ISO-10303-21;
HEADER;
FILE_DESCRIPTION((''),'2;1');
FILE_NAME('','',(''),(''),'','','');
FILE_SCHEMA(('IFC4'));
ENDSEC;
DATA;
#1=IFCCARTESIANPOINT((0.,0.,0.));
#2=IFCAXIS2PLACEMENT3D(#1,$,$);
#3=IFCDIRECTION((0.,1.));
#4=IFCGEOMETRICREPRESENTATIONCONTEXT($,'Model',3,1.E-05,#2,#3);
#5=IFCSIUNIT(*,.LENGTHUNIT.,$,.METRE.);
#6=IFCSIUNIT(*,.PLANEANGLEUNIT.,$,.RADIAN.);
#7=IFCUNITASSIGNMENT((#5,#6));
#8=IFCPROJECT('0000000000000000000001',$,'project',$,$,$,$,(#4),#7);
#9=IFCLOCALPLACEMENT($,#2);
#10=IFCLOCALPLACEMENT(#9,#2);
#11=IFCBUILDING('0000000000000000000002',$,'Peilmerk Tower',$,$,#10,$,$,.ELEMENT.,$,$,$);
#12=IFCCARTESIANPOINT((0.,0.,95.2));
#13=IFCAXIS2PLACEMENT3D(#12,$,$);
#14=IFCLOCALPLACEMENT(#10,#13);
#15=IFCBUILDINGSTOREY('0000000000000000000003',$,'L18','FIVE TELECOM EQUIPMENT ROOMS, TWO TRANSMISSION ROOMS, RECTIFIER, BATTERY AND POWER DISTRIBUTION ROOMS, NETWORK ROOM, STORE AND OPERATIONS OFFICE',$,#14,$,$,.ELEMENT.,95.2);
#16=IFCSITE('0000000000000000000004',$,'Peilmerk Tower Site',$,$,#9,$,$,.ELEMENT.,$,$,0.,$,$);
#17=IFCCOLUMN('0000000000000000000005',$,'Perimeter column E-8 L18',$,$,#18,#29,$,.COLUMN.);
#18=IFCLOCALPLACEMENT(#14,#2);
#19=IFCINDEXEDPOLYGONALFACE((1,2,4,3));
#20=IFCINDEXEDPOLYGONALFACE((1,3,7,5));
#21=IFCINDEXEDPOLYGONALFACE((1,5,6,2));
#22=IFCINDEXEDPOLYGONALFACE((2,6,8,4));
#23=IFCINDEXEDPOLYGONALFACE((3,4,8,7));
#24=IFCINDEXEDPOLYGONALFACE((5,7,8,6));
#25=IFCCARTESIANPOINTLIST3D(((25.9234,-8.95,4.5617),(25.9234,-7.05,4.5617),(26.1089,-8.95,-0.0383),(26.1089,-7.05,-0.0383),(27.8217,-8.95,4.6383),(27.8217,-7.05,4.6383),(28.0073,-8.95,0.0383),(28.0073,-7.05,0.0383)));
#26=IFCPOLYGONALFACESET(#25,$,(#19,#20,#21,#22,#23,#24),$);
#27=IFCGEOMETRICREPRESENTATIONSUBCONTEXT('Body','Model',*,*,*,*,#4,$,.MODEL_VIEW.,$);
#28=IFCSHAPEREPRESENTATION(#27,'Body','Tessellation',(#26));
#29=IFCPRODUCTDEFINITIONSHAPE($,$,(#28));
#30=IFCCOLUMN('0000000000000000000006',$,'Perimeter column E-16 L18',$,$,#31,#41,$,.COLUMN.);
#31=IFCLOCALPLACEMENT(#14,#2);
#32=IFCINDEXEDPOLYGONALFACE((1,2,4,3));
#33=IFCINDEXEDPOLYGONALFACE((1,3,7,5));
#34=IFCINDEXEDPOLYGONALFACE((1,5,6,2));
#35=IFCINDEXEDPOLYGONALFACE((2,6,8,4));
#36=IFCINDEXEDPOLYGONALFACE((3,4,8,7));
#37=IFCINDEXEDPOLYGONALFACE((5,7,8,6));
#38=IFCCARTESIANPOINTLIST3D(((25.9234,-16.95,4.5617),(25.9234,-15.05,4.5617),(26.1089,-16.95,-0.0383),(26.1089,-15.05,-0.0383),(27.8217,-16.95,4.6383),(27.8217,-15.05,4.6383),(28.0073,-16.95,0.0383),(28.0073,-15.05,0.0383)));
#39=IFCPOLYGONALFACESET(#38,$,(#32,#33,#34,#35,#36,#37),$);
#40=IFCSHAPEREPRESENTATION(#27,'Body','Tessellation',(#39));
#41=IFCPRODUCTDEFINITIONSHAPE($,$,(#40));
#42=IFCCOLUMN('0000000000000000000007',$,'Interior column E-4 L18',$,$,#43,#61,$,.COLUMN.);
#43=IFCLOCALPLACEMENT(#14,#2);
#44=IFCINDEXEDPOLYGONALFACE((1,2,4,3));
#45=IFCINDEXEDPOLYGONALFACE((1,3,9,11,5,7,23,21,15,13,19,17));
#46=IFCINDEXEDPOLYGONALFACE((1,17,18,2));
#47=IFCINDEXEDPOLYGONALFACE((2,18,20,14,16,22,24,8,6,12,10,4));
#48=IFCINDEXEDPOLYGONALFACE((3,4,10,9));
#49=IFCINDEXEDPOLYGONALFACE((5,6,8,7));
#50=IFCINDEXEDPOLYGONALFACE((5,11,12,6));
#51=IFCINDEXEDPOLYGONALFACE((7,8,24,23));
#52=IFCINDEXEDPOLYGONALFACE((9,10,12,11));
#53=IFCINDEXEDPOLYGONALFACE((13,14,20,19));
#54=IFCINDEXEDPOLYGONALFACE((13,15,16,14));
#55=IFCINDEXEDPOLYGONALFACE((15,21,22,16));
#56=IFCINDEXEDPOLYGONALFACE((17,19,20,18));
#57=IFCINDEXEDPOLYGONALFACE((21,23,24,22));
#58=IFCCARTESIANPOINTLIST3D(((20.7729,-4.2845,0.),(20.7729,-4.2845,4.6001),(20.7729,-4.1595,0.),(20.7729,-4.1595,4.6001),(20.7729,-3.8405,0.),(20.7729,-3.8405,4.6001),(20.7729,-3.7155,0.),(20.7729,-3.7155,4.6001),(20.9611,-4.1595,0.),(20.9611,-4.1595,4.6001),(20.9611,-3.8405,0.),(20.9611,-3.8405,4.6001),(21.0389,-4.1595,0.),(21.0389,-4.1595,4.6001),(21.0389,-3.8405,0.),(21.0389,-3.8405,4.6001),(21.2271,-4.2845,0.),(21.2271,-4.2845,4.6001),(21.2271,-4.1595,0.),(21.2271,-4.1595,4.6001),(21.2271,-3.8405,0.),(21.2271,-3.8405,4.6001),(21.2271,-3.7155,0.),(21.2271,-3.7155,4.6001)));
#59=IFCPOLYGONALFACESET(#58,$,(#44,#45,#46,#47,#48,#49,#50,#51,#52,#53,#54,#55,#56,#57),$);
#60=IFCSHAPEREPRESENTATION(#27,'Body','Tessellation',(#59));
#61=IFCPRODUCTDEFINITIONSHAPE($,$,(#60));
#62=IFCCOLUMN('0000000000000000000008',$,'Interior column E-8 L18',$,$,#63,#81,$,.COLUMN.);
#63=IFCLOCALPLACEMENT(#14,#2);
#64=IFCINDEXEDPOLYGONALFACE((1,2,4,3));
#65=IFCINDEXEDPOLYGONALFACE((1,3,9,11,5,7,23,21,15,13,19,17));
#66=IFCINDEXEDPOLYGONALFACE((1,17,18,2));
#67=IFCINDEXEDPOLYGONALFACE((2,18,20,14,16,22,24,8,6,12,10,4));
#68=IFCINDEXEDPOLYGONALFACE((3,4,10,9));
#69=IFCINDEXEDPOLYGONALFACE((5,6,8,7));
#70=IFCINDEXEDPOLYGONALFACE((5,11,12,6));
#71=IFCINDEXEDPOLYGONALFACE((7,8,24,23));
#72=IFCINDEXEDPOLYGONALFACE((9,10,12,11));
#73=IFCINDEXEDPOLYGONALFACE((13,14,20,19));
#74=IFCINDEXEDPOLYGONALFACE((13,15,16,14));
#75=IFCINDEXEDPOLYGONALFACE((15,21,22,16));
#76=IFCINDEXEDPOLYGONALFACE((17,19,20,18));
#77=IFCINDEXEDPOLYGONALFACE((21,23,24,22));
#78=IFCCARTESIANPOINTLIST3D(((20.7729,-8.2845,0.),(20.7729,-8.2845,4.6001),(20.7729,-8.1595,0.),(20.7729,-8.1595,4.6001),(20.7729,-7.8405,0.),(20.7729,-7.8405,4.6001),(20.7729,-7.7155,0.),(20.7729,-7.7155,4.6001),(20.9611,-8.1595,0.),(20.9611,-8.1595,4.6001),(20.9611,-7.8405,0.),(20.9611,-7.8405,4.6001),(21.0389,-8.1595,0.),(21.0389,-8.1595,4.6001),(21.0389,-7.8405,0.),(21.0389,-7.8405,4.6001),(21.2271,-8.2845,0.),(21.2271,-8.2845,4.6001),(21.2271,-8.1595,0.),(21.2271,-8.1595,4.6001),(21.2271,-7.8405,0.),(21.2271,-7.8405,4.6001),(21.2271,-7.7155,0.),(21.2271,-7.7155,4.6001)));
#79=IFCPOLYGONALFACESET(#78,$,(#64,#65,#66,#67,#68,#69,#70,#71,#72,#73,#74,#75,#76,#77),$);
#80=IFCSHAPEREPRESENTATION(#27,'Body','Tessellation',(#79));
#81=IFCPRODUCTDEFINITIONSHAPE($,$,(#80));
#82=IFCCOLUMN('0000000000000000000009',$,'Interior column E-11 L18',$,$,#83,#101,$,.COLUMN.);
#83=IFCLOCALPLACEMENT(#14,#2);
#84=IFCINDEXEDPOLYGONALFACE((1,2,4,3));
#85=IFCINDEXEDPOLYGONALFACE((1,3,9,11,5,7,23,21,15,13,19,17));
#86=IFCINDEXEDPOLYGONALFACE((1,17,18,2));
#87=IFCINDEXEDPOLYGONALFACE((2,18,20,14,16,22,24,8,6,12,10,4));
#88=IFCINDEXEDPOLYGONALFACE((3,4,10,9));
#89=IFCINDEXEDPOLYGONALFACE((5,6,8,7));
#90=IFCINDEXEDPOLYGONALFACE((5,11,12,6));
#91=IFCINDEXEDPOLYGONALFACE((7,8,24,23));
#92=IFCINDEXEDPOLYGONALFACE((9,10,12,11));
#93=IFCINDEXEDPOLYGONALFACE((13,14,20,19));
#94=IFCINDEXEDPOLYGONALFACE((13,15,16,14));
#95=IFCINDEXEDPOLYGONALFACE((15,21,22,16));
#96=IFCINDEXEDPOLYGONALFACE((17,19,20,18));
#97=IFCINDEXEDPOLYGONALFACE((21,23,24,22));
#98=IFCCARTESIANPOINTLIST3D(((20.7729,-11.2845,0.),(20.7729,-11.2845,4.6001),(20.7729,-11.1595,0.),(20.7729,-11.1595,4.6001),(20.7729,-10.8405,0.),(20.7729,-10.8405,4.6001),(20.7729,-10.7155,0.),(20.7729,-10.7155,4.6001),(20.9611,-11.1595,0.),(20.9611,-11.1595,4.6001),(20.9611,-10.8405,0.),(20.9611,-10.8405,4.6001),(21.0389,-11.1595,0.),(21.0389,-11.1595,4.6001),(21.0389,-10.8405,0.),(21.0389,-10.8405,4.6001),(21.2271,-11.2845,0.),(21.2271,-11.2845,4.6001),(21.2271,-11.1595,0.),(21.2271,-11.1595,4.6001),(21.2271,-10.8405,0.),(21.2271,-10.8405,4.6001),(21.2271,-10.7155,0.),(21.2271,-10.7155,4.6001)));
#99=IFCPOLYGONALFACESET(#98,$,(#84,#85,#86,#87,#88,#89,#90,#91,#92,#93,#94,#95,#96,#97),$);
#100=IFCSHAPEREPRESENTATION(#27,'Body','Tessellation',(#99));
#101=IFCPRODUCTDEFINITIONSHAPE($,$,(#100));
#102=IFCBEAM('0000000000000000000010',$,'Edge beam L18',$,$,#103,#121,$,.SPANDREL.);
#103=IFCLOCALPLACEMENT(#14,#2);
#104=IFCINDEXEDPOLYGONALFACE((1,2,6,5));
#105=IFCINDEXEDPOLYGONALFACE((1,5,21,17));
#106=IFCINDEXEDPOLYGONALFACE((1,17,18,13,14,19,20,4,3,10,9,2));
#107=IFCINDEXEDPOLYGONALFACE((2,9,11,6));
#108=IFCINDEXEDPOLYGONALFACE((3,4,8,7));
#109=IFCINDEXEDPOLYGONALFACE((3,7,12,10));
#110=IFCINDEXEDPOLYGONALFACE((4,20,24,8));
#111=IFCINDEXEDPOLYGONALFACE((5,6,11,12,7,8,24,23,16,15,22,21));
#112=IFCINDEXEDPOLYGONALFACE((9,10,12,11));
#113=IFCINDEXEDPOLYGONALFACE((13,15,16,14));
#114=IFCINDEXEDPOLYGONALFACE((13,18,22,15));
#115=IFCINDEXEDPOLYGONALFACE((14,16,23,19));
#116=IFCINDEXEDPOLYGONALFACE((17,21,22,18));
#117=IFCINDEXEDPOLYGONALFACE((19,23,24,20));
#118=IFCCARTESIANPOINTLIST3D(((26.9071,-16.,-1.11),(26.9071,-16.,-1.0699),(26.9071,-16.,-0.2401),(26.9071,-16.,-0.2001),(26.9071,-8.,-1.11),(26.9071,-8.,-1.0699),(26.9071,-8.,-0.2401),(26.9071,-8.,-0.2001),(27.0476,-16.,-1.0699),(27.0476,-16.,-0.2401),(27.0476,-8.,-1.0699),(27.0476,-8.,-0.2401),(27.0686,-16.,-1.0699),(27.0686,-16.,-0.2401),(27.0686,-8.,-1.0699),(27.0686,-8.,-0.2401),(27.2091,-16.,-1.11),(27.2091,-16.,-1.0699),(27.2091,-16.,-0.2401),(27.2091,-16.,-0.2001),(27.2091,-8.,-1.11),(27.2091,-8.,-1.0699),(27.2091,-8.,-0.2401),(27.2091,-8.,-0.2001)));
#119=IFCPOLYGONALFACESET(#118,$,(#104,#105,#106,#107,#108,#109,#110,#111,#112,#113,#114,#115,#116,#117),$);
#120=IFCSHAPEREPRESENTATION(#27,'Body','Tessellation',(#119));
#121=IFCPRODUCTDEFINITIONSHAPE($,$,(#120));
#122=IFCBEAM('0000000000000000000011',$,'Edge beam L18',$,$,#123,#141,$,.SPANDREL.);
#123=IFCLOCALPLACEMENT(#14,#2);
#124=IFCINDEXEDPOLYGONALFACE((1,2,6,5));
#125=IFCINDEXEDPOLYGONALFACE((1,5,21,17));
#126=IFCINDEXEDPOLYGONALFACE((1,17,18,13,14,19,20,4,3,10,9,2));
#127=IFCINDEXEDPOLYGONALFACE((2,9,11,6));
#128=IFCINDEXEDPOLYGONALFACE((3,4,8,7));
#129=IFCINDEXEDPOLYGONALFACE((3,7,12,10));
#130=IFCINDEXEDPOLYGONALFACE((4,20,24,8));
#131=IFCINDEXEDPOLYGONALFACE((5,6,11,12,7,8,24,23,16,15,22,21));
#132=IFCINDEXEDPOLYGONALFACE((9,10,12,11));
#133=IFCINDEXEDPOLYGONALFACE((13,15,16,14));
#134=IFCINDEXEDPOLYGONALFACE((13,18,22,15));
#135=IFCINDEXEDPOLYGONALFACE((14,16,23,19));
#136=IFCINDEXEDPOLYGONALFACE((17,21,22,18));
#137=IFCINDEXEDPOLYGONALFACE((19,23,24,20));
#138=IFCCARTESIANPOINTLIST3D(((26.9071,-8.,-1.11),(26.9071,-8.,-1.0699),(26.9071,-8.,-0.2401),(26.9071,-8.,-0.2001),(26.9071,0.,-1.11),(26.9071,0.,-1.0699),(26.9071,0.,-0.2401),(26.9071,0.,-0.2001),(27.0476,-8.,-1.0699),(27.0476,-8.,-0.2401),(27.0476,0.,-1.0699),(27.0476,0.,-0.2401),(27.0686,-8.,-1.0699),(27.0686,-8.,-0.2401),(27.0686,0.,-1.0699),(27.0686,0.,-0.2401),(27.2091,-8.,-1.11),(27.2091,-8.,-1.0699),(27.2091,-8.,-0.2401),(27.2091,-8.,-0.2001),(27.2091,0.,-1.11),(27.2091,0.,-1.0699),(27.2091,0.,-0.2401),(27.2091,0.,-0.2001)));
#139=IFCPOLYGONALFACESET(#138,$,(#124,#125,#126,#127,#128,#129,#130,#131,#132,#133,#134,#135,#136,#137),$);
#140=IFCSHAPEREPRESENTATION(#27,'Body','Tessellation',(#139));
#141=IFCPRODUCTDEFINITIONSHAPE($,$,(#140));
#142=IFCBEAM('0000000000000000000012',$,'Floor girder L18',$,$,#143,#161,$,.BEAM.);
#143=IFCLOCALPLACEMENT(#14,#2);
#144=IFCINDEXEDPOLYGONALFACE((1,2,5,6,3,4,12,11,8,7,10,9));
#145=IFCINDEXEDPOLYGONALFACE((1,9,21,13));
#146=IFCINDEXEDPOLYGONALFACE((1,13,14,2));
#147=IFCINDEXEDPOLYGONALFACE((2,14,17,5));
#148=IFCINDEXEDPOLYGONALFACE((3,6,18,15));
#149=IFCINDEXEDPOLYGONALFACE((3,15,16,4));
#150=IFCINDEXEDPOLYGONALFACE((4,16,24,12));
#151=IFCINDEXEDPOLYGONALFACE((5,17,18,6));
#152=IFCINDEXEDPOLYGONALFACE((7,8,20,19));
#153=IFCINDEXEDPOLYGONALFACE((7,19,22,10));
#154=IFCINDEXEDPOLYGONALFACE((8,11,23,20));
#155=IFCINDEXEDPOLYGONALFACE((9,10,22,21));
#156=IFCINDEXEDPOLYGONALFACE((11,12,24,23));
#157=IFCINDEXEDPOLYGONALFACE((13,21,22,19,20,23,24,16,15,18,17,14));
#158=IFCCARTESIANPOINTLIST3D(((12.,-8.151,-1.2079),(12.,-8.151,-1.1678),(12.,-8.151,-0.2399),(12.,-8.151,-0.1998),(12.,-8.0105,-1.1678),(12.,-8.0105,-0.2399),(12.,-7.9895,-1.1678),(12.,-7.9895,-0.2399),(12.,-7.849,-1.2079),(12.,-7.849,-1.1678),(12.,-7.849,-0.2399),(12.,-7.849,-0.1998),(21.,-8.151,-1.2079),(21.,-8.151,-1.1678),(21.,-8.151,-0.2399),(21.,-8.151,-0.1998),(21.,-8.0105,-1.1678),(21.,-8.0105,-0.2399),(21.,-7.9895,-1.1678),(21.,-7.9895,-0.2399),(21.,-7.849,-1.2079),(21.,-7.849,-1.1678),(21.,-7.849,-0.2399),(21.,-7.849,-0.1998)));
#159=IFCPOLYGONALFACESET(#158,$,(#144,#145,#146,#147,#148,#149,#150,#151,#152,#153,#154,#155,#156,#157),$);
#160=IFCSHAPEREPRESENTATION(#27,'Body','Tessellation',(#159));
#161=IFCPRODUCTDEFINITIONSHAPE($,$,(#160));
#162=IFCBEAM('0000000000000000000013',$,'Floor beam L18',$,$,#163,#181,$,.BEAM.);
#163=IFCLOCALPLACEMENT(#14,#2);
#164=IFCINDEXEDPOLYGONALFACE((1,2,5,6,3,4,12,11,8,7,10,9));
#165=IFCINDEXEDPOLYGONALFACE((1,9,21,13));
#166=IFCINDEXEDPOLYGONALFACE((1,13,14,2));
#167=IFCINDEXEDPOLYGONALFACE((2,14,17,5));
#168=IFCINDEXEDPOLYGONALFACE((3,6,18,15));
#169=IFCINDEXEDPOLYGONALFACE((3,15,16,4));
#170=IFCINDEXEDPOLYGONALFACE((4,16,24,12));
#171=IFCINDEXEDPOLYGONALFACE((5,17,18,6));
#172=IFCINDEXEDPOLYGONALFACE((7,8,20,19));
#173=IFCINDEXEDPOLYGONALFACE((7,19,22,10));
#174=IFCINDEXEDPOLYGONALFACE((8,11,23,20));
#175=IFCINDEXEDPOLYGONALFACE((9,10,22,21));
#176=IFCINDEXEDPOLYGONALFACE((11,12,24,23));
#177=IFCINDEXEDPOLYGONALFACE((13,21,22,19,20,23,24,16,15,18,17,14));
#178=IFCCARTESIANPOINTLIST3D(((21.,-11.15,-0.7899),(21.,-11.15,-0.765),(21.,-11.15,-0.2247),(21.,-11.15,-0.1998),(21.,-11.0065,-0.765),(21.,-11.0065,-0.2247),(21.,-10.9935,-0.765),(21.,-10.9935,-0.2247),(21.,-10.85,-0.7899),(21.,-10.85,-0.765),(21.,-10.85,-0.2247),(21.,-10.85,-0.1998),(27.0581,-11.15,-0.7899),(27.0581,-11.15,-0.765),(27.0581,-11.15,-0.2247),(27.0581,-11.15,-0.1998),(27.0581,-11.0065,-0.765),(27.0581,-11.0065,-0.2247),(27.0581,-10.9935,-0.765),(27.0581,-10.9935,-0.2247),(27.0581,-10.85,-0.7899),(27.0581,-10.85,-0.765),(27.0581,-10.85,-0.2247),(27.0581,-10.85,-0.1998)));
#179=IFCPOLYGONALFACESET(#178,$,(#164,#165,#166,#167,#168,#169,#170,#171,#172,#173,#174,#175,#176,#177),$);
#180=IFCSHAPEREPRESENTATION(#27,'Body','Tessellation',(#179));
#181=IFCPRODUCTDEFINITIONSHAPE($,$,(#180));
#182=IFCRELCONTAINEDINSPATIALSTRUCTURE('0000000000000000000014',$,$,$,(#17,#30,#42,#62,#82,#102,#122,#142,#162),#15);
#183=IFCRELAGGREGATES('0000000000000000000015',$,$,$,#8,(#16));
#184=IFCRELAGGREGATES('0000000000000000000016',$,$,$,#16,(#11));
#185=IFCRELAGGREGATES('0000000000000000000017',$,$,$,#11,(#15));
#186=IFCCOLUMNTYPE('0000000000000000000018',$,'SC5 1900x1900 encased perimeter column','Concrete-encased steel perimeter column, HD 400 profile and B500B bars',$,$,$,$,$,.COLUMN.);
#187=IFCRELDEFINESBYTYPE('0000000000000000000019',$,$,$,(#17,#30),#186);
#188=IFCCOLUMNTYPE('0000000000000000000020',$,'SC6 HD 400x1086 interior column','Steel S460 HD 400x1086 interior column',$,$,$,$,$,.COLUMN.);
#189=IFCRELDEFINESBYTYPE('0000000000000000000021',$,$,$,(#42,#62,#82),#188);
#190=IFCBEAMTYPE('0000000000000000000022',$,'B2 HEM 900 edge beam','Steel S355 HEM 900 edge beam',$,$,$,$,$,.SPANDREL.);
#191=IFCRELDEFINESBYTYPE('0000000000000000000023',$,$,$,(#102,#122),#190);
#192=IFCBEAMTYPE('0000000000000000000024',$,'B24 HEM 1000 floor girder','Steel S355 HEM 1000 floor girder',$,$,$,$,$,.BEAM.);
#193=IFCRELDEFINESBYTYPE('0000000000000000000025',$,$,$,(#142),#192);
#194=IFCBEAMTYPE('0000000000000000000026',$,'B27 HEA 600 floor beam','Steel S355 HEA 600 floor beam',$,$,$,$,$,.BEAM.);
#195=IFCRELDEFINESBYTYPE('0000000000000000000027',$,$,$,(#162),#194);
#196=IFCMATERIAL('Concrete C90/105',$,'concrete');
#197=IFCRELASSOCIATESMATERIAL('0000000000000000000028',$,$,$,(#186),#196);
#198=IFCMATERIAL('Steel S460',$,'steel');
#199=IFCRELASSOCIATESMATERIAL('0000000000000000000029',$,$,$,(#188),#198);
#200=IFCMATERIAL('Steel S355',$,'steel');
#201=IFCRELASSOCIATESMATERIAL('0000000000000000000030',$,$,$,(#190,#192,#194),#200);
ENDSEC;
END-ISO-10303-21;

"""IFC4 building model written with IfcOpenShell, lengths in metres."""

from ifc_helpers import new_model, si_unit, direction, frame, origin, origin_2d, place, context, subcontext, project, spatial, rectangle, i_section, extrude, material, material_profile, profile_set, type_object, element, save


model = new_model("IFC4")

# Units and contexts
model_context = context("Model", 3, precision=1e-05, world=origin(), true_north=direction((0.0, 1.0)))
body_context = subcontext(model_context, "Body", "Model", "MODEL_VIEW")
ifc_project = project(units=[si_unit("LENGTHUNIT", "METRE"), si_unit("PLANEANGLEUNIT", "RADIAN")], contexts=[model_context])

# Site, building, storey
site_placement = place(None, origin())
site = spatial("IfcSite", under=ifc_project, at=site_placement, Name="Peilmerk Tower Site", CompositionType="ELEMENT", RefElevation=0.0)
building_placement = place(site_placement, origin())
building = spatial("IfcBuilding", under=site, at=building_placement, Name="Peilmerk Tower", CompositionType="ELEMENT")
storey_placement = place(building_placement, frame((0.0, 0.0, 95.2)))
storey = spatial("IfcBuildingStorey", under=building, at=storey_placement, Name="L18", Description="FIVE TELECOM EQUIPMENT ROOMS, TWO TRANSMISSION ROOMS, RECTIFIER, BATTERY AND POWER DISTRIBUTION ROOMS, NETWORK ROOM, STORE AND OPERATIONS OFFICE", CompositionType="ELEMENT", Elevation=95.2)

# Columns
ifc_material_1 = material(Name="Concrete C90/105", Category="concrete")
ifc_material_profile_1 = material_profile(ifc_material_1, rectangle(XDim=1.8999, YDim=1.8999, at=origin_2d()), Name="RC 1900x1900")
ifc_profile_set_1 = profile_set([ifc_material_profile_1], Name="Concrete C90/105")
column_type_1 = type_object("IfcColumnType", Name="SC5 1900x1900 encased perimeter column", Description="Concrete-encased steel perimeter column, HD 400 profile and B500B bars", PredefinedType="COLUMN", material=ifc_profile_set_1)
for number, where, z_axis, x_axis, name in (
    (1, (27.0581, -8.0, 0.0), (-0.040303, 0.0, 0.999188), (0.0, -1.0, 0.0), "Perimeter column E-8 L18"),
    (2, (27.0581, -16.0, 0.0), (-0.040303, 0.0, 0.999188), (0.0, -1.0, 0.0), "Perimeter column E-16 L18"),
):
    element("IfcColumn", number, at=place(storey_placement, frame(where, z_axis=z_axis, x_axis=x_axis)), inside=storey, type_object=column_type_1, Name=name, PredefinedType="COLUMN", context=body_context, shape_type="SweptSolid", body=[
        extrude(rectangle(XDim=1.8999, YDim=1.8999, at=origin_2d()), origin(), (0.0, 0.0, 1.0), 4.6038),
    ])
ifc_material_2 = material(Name="Steel S460", Category="steel")
ifc_material_profile_2 = material_profile(ifc_material_2, i_section(OverallWidth=0.4541, OverallDepth=0.5691, WebThickness=0.0779, FlangeThickness=0.125, at=origin_2d()), Name="HD 400x1086")
ifc_profile_set_2 = profile_set([ifc_material_profile_2], Name="Steel S460")
column_type_2 = type_object("IfcColumnType", Name="SC6 HD 400x1086 interior column", Description="Steel S460 HD 400x1086 interior column", PredefinedType="COLUMN", material=ifc_profile_set_2)
for number, where, z_axis, x_axis, name in (
    (3, (21.0, -4.0, 0.0), (0.0, 0.0, 1.0), (1.0, 0.0, 0.0), "Interior column E-4 L18"),
    (4, (21.0, -8.0, 0.0), (0.0, 0.0, 1.0), (1.0, 0.0, 0.0), "Interior column E-8 L18"),
    (5, (21.0, -11.0, 0.0), (0.0, 0.0, 1.0), (1.0, 0.0, 0.0), "Interior column E-11 L18"),
):
    element("IfcColumn", number, at=place(storey_placement, frame(where, z_axis=z_axis, x_axis=x_axis)), inside=storey, type_object=column_type_2, Name=name, PredefinedType="COLUMN", context=body_context, shape_type="SweptSolid", body=[
        extrude(i_section(OverallWidth=0.4541, OverallDepth=0.5691, WebThickness=0.0779, FlangeThickness=0.125, at=origin_2d()), origin(), (0.0, 0.0, 1.0), 4.6001),
    ])

# Beams
ifc_material_3 = material(Name="Steel S355", Category="steel")
ifc_material_profile_3 = material_profile(ifc_material_3, i_section(OverallWidth=0.302, OverallDepth=0.9099, WebThickness=0.021, FlangeThickness=0.04, at=origin_2d()), Name="HEM 900")
ifc_profile_set_3 = profile_set([ifc_material_profile_3], Name="Steel S355")
beam_type_1 = type_object("IfcBeamType", Name="B2 HEM 900 edge beam", Description="Steel S355 HEM 900 edge beam", PredefinedType="SPANDREL", material=ifc_profile_set_3)
for number, where, z_axis, x_axis, name in (
    (6, (27.0581, -16.0, -0.655), (0.0, 1.0, 0.0), (-1.0, 0.0, 0.0), "Edge beam L18"),
    (7, (27.0581, -8.0, -0.655), (0.0, 1.0, 0.0), (-1.0, 0.0, 0.0), "Edge beam L18"),
):
    element("IfcBeam", number, at=place(storey_placement, frame(where, z_axis=z_axis, x_axis=x_axis)), inside=storey, type_object=beam_type_1, Name=name, PredefinedType="SPANDREL", context=body_context, shape_type="SweptSolid", body=[
        extrude(i_section(OverallWidth=0.302, OverallDepth=0.9099, WebThickness=0.021, FlangeThickness=0.04, at=origin_2d()), origin(), (0.0, 0.0, 1.0), 8.0),
    ])
ifc_material_profile_4 = material_profile(ifc_material_3, i_section(OverallWidth=0.302, OverallDepth=1.0081, WebThickness=0.021, FlangeThickness=0.04, at=origin_2d()), Name="HEM 1000")
ifc_profile_set_4 = profile_set([ifc_material_profile_4], Name="Steel S355")
beam_type_2 = type_object("IfcBeamType", Name="B24 HEM 1000 floor girder", Description="Steel S355 HEM 1000 floor girder", PredefinedType="BEAM", material=ifc_profile_set_4)
beam_1_placement = place(storey_placement, frame((12.0, -8.0, -0.7039), z_axis=(1.0, 0.0, 0.0), x_axis=(0.0, 1.0, 0.0)))
element("IfcBeam", 8, at=beam_1_placement, inside=storey, type_object=beam_type_2, Name="Floor girder L18", PredefinedType="BEAM", context=body_context, shape_type="SweptSolid", body=[
    extrude(i_section(OverallWidth=0.302, OverallDepth=1.0081, WebThickness=0.021, FlangeThickness=0.04, at=origin_2d()), origin(), (0.0, 0.0, 1.0), 9.0),
])
ifc_material_profile_5 = material_profile(ifc_material_3, i_section(OverallWidth=0.3, OverallDepth=0.5901, WebThickness=0.0129, FlangeThickness=0.0249, at=origin_2d()), Name="HEA 600")
ifc_profile_set_5 = profile_set([ifc_material_profile_5], Name="Steel S355")
beam_type_3 = type_object("IfcBeamType", Name="B27 HEA 600 floor beam", Description="Steel S355 HEA 600 floor beam", PredefinedType="BEAM", material=ifc_profile_set_5)
for number, where, z_axis, x_axis, name in (
    (9, (21.0, -11.0, -0.4949), (1.0, 0.0, 0.0), (0.0, 1.0, 0.0), "Floor beam L18"),
):
    element("IfcBeam", number, at=place(storey_placement, frame(where, z_axis=z_axis, x_axis=x_axis)), inside=storey, type_object=beam_type_3, Name=name, PredefinedType="BEAM", context=body_context, shape_type="SweptSolid", body=[
        extrude(i_section(OverallWidth=0.3, OverallDepth=0.5901, WebThickness=0.0129, FlangeThickness=0.0249, at=origin_2d()), origin(), (0.0, 0.0, 1.0), 6.0581),
    ])

save(model, "model.ifc")
